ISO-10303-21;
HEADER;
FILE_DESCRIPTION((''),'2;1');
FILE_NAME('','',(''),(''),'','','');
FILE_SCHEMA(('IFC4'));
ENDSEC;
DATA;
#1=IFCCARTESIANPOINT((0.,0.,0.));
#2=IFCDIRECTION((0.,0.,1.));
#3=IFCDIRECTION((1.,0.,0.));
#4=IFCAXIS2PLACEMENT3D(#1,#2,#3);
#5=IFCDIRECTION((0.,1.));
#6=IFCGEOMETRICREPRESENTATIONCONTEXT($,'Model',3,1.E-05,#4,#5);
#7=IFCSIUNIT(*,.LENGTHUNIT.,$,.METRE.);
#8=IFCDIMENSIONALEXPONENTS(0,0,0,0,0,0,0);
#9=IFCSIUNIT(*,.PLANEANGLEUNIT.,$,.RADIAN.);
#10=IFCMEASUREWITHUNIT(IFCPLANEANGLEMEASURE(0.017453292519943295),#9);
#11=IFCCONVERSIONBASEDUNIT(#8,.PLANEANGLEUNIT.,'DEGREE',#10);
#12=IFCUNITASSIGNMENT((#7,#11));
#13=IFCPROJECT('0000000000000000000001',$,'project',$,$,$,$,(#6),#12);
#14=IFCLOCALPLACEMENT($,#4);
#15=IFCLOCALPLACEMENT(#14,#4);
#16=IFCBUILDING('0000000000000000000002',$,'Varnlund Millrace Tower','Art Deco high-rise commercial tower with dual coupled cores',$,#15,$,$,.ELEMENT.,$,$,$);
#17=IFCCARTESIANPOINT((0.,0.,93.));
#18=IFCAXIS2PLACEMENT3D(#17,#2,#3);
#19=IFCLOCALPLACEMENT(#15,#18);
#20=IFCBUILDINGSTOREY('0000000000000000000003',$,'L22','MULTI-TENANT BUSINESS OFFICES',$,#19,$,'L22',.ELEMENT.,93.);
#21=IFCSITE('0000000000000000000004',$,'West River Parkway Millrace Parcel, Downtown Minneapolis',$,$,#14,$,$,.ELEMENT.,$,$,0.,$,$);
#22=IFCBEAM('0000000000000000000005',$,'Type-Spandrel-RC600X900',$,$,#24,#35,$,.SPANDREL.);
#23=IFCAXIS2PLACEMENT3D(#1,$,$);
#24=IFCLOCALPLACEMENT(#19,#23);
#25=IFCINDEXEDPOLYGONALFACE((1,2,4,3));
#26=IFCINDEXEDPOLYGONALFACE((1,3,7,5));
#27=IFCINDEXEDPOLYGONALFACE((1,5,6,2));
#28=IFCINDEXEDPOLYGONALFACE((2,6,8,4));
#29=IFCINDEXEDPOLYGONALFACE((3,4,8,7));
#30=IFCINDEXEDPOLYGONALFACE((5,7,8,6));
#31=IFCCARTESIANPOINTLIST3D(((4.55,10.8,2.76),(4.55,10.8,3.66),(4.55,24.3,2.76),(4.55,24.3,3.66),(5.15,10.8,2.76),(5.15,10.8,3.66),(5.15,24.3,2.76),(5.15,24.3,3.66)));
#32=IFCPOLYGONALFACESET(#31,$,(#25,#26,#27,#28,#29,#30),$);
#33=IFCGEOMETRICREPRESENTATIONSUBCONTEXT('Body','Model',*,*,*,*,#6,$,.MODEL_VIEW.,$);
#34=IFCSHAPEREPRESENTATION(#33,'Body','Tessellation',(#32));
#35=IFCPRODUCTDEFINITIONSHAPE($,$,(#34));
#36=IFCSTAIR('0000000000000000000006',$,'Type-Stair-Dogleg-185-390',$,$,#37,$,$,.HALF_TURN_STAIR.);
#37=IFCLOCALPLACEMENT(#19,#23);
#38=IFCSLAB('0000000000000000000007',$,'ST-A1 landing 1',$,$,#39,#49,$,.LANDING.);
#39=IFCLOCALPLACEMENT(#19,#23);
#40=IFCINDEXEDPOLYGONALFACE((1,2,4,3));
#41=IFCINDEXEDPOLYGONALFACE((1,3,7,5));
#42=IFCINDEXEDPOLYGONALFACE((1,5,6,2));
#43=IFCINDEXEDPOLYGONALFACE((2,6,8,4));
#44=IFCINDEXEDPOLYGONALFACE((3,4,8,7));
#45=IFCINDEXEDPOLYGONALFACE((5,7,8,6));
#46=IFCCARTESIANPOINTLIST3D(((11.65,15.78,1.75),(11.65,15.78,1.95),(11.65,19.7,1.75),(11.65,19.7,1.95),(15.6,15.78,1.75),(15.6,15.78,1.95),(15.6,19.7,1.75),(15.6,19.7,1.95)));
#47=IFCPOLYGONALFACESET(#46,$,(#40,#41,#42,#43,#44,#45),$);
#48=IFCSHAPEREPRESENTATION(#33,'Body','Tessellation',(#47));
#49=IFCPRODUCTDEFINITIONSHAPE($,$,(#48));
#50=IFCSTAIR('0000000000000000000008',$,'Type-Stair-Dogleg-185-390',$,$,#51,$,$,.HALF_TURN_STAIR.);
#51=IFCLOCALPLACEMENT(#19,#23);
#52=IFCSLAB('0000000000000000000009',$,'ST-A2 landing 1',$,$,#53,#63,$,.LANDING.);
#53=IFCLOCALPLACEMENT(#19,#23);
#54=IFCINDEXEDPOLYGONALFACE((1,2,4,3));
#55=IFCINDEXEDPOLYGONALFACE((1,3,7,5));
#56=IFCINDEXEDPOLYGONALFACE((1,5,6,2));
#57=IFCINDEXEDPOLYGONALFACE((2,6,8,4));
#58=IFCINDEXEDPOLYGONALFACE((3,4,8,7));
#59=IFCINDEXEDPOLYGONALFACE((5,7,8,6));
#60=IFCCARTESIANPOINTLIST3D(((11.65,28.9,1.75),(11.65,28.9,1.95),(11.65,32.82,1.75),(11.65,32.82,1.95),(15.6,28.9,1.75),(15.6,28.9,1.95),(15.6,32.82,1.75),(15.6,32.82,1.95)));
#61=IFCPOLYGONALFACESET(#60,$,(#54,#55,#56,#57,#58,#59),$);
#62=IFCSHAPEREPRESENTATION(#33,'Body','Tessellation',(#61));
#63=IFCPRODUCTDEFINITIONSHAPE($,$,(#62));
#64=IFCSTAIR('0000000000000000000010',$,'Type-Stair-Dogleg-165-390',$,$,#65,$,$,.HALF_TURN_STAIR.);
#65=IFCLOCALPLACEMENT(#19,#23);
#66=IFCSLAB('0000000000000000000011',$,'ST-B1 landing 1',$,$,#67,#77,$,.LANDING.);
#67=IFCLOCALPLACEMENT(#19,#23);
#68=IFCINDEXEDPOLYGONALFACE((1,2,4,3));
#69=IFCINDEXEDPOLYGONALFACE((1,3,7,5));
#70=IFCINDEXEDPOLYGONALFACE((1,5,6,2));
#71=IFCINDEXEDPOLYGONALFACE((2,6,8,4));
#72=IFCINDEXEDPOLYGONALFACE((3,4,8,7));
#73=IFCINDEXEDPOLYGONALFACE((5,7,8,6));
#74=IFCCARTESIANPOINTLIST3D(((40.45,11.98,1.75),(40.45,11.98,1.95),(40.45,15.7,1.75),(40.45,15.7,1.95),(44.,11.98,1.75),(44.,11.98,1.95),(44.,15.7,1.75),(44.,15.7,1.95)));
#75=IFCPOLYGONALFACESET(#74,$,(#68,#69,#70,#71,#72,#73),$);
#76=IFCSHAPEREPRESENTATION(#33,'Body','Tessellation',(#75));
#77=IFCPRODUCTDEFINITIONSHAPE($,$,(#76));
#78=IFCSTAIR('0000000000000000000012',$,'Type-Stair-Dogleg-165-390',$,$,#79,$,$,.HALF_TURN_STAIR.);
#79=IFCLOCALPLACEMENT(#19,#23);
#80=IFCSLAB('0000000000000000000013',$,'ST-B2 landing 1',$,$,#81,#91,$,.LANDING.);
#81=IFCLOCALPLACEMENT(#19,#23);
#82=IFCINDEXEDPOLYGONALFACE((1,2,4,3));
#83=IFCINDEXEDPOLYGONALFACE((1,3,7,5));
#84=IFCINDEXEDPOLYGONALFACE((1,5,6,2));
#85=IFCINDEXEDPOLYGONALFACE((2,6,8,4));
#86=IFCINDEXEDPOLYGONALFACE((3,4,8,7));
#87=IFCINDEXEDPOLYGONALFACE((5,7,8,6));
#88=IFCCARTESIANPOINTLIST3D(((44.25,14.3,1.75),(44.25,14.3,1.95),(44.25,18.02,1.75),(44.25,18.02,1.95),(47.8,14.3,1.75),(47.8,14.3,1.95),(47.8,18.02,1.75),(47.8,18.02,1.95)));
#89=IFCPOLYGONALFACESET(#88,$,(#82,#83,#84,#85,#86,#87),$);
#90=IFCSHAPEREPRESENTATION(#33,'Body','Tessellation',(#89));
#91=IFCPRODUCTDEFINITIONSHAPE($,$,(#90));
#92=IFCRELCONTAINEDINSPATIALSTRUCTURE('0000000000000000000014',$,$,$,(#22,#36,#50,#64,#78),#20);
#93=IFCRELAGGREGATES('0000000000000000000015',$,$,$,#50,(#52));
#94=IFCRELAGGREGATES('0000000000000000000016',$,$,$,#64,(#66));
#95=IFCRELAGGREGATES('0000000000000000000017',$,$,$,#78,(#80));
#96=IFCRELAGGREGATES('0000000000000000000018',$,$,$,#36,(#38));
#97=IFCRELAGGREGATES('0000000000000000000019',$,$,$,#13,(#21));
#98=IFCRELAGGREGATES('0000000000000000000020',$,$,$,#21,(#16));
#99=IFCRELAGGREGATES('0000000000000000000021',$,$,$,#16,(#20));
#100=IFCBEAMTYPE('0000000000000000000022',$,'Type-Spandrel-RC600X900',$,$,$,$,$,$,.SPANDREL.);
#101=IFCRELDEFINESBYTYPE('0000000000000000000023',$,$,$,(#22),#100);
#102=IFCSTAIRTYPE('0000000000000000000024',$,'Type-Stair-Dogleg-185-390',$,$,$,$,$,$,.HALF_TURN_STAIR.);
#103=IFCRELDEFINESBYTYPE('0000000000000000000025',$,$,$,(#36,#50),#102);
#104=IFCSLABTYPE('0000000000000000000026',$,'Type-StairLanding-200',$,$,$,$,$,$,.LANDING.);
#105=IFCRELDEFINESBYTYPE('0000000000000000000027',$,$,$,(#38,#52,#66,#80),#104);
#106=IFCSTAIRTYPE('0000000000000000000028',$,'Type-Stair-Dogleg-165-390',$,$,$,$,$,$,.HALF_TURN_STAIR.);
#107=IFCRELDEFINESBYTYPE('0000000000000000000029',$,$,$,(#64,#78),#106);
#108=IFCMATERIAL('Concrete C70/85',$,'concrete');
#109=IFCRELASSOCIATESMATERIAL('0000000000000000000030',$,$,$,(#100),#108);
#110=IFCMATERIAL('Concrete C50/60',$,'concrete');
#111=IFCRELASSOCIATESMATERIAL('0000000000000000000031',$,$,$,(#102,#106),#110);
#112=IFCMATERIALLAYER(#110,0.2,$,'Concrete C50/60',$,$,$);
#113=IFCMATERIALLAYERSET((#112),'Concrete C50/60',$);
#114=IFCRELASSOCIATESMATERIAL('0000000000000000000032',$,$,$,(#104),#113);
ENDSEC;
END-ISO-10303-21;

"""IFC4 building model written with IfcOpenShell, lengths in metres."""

from ifc_helpers import new_model, entity, si_unit, converted_unit, direction, frame, origin_with_axes, origin_2d_with_axis, place, context, subcontext, project, spatial, polyline, rectangle, outline, extrude, material, layer, layer_set, material_profile, profile_set, type_object, element, aggregate, save


model = new_model("IFC4")

# Units and contexts
model_context = context("Model", 3, precision=1e-05, world=origin_with_axes(), true_north=direction((0.0, 1.0)))
body_context = subcontext(model_context, "Body", "Model", "MODEL_VIEW")
ifc_project = project(units=[si_unit("LENGTHUNIT", "METRE"), converted_unit("PLANEANGLEUNIT", "DEGREE", entity("IfcPlaneAngleMeasure", 0.017453292519943295), si_unit("PLANEANGLEUNIT", "RADIAN"), dimensions=[0, 0, 0, 0, 0, 0, 0])], contexts=[model_context])

# Site, building, storey
site_placement = place(None, origin_with_axes())
site = spatial("IfcSite", under=ifc_project, at=site_placement, Name="West River Parkway Millrace Parcel, Downtown Minneapolis", CompositionType="ELEMENT", RefElevation=0.0)
building_placement = place(site_placement, origin_with_axes())
building = spatial("IfcBuilding", under=site, at=building_placement, Name="Varnlund Millrace Tower", Description="Art Deco high-rise commercial tower with dual coupled cores", CompositionType="ELEMENT")
storey_placement = place(building_placement, frame((0.0, 0.0, 93.0), z_axis=(0.0, 0.0, 1.0), x_axis=(1.0, 0.0, 0.0)))
storey = spatial("IfcBuildingStorey", under=building, at=storey_placement, Name="L22", Description="MULTI-TENANT BUSINESS OFFICES", LongName="L22", CompositionType="ELEMENT", Elevation=93.0)

# Beam
ifc_material_1 = material(Name="Concrete C70/85", Category="concrete")
ifc_material_profile_1 = material_profile(ifc_material_1, rectangle(XDim=0.6, YDim=0.9, at=origin_2d_with_axis()), Name="Concrete C70/85")
ifc_profile_set_1 = profile_set([ifc_material_profile_1], Name="Concrete C70/85")
beam_type_1 = type_object("IfcBeamType", Name="Type-Spandrel-RC600X900", PredefinedType="SPANDREL", material=ifc_profile_set_1)
beam_1_placement = place(storey_placement, frame((4.85, 10.8, 3.21), z_axis=(0.0, 1.0, 0.0), x_axis=(-1.0, 0.0, 0.0)))
element("IfcBeam", 1, at=beam_1_placement, inside=storey, type_object=beam_type_1, Name="Type-Spandrel-RC600X900", PredefinedType="SPANDREL", context=body_context, shape_type="SweptSolid", body=[
    extrude(rectangle(XDim=0.6, YDim=0.9, at=origin_2d_with_axis()), origin_with_axes(), (0.0, 0.0, 1.0), 13.5),
])

# Stairs, slabs
ifc_material_2 = material(Name="Concrete C50/60", Category="concrete")
stair_type_1 = type_object("IfcStairType", Name="Type-Stair-Dogleg-185-390", PredefinedType="HALF_TURN_STAIR", material=ifc_material_2)
stair_1_placement = place(storey_placement, origin_with_axes())
stair_1 = element("IfcStair", 2, at=stair_1_placement, inside=storey, type_object=stair_type_1, Name="Type-Stair-Dogleg-185-390", PredefinedType="HALF_TURN_STAIR")
ifc_layer_1 = layer(ifc_material_2, 0.2, Name="Concrete C50/60")
ifc_layer_set_1 = layer_set([ifc_layer_1], Name="Concrete C50/60")
slab_type = type_object("IfcSlabType", Name="Type-StairLanding-200", PredefinedType="LANDING", material=ifc_layer_set_1)
slab_1_placement = place(storey_placement, frame((0.0, 0.0, 1.75), z_axis=(0.0, 0.0, 1.0), x_axis=(1.0, 0.0, 0.0)))
slab_1 = element("IfcSlab", 3, at=slab_1_placement, type_object=slab_type, Name="ST-A1 landing 1", PredefinedType="LANDING", context=body_context, shape_type="SweptSolid", body=[
    extrude(outline(polyline([(15.6, 15.78), (15.6, 19.7), (11.65, 19.7), (11.65, 15.78), (15.6, 15.78)])), origin_with_axes(), (0.0, 0.0, 1.0), 0.2),
])
stair_2_placement = place(storey_placement, origin_with_axes())
stair_2 = element("IfcStair", 4, at=stair_2_placement, inside=storey, type_object=stair_type_1, Name="Type-Stair-Dogleg-185-390", PredefinedType="HALF_TURN_STAIR")
slab_2_placement = place(storey_placement, frame((0.0, 0.0, 1.75), z_axis=(0.0, 0.0, 1.0), x_axis=(1.0, 0.0, 0.0)))
slab_2 = element("IfcSlab", 5, at=slab_2_placement, type_object=slab_type, Name="ST-A2 landing 1", PredefinedType="LANDING", context=body_context, shape_type="SweptSolid", body=[
    extrude(outline(polyline([(11.65, 32.82), (11.65, 28.9), (15.6, 28.9), (15.6, 32.82), (11.65, 32.82)])), origin_with_axes(), (0.0, 0.0, 1.0), 0.2),
])
aggregate(stair_2, [slab_2])
stair_type_2 = type_object("IfcStairType", Name="Type-Stair-Dogleg-165-390", PredefinedType="HALF_TURN_STAIR", material=ifc_material_2)
stair_3_placement = place(storey_placement, origin_with_axes())
stair_3 = element("IfcStair", 6, at=stair_3_placement, inside=storey, type_object=stair_type_2, Name="Type-Stair-Dogleg-165-390", PredefinedType="HALF_TURN_STAIR")
slab_3_placement = place(storey_placement, frame((0.0, 0.0, 1.75), z_axis=(0.0, 0.0, 1.0), x_axis=(1.0, 0.0, 0.0)))
slab_3 = element("IfcSlab", 7, at=slab_3_placement, type_object=slab_type, Name="ST-B1 landing 1", PredefinedType="LANDING", context=body_context, shape_type="SweptSolid", body=[
    extrude(outline(polyline([(44.0, 11.98), (44.0, 15.7), (40.45, 15.7), (40.45, 11.98), (44.0, 11.98)])), origin_with_axes(), (0.0, 0.0, 1.0), 0.2),
])
aggregate(stair_3, [slab_3])
stair_4_placement = place(storey_placement, origin_with_axes())
stair_4 = element("IfcStair", 8, at=stair_4_placement, inside=storey, type_object=stair_type_2, Name="Type-Stair-Dogleg-165-390", PredefinedType="HALF_TURN_STAIR")
slab_4_placement = place(storey_placement, frame((0.0, 0.0, 1.75), z_axis=(0.0, 0.0, 1.0), x_axis=(1.0, 0.0, 0.0)))
slab_4 = element("IfcSlab", 9, at=slab_4_placement, type_object=slab_type, Name="ST-B2 landing 1", PredefinedType="LANDING", context=body_context, shape_type="SweptSolid", body=[
    extrude(outline(polyline([(44.25, 18.02), (44.25, 14.3), (47.8, 14.3), (47.8, 18.02), (44.25, 18.02)])), origin_with_axes(), (0.0, 0.0, 1.0), 0.2),
])
aggregate(stair_4, [slab_4])

aggregate(stair_1, [slab_1])

save(model, "model.ifc")
